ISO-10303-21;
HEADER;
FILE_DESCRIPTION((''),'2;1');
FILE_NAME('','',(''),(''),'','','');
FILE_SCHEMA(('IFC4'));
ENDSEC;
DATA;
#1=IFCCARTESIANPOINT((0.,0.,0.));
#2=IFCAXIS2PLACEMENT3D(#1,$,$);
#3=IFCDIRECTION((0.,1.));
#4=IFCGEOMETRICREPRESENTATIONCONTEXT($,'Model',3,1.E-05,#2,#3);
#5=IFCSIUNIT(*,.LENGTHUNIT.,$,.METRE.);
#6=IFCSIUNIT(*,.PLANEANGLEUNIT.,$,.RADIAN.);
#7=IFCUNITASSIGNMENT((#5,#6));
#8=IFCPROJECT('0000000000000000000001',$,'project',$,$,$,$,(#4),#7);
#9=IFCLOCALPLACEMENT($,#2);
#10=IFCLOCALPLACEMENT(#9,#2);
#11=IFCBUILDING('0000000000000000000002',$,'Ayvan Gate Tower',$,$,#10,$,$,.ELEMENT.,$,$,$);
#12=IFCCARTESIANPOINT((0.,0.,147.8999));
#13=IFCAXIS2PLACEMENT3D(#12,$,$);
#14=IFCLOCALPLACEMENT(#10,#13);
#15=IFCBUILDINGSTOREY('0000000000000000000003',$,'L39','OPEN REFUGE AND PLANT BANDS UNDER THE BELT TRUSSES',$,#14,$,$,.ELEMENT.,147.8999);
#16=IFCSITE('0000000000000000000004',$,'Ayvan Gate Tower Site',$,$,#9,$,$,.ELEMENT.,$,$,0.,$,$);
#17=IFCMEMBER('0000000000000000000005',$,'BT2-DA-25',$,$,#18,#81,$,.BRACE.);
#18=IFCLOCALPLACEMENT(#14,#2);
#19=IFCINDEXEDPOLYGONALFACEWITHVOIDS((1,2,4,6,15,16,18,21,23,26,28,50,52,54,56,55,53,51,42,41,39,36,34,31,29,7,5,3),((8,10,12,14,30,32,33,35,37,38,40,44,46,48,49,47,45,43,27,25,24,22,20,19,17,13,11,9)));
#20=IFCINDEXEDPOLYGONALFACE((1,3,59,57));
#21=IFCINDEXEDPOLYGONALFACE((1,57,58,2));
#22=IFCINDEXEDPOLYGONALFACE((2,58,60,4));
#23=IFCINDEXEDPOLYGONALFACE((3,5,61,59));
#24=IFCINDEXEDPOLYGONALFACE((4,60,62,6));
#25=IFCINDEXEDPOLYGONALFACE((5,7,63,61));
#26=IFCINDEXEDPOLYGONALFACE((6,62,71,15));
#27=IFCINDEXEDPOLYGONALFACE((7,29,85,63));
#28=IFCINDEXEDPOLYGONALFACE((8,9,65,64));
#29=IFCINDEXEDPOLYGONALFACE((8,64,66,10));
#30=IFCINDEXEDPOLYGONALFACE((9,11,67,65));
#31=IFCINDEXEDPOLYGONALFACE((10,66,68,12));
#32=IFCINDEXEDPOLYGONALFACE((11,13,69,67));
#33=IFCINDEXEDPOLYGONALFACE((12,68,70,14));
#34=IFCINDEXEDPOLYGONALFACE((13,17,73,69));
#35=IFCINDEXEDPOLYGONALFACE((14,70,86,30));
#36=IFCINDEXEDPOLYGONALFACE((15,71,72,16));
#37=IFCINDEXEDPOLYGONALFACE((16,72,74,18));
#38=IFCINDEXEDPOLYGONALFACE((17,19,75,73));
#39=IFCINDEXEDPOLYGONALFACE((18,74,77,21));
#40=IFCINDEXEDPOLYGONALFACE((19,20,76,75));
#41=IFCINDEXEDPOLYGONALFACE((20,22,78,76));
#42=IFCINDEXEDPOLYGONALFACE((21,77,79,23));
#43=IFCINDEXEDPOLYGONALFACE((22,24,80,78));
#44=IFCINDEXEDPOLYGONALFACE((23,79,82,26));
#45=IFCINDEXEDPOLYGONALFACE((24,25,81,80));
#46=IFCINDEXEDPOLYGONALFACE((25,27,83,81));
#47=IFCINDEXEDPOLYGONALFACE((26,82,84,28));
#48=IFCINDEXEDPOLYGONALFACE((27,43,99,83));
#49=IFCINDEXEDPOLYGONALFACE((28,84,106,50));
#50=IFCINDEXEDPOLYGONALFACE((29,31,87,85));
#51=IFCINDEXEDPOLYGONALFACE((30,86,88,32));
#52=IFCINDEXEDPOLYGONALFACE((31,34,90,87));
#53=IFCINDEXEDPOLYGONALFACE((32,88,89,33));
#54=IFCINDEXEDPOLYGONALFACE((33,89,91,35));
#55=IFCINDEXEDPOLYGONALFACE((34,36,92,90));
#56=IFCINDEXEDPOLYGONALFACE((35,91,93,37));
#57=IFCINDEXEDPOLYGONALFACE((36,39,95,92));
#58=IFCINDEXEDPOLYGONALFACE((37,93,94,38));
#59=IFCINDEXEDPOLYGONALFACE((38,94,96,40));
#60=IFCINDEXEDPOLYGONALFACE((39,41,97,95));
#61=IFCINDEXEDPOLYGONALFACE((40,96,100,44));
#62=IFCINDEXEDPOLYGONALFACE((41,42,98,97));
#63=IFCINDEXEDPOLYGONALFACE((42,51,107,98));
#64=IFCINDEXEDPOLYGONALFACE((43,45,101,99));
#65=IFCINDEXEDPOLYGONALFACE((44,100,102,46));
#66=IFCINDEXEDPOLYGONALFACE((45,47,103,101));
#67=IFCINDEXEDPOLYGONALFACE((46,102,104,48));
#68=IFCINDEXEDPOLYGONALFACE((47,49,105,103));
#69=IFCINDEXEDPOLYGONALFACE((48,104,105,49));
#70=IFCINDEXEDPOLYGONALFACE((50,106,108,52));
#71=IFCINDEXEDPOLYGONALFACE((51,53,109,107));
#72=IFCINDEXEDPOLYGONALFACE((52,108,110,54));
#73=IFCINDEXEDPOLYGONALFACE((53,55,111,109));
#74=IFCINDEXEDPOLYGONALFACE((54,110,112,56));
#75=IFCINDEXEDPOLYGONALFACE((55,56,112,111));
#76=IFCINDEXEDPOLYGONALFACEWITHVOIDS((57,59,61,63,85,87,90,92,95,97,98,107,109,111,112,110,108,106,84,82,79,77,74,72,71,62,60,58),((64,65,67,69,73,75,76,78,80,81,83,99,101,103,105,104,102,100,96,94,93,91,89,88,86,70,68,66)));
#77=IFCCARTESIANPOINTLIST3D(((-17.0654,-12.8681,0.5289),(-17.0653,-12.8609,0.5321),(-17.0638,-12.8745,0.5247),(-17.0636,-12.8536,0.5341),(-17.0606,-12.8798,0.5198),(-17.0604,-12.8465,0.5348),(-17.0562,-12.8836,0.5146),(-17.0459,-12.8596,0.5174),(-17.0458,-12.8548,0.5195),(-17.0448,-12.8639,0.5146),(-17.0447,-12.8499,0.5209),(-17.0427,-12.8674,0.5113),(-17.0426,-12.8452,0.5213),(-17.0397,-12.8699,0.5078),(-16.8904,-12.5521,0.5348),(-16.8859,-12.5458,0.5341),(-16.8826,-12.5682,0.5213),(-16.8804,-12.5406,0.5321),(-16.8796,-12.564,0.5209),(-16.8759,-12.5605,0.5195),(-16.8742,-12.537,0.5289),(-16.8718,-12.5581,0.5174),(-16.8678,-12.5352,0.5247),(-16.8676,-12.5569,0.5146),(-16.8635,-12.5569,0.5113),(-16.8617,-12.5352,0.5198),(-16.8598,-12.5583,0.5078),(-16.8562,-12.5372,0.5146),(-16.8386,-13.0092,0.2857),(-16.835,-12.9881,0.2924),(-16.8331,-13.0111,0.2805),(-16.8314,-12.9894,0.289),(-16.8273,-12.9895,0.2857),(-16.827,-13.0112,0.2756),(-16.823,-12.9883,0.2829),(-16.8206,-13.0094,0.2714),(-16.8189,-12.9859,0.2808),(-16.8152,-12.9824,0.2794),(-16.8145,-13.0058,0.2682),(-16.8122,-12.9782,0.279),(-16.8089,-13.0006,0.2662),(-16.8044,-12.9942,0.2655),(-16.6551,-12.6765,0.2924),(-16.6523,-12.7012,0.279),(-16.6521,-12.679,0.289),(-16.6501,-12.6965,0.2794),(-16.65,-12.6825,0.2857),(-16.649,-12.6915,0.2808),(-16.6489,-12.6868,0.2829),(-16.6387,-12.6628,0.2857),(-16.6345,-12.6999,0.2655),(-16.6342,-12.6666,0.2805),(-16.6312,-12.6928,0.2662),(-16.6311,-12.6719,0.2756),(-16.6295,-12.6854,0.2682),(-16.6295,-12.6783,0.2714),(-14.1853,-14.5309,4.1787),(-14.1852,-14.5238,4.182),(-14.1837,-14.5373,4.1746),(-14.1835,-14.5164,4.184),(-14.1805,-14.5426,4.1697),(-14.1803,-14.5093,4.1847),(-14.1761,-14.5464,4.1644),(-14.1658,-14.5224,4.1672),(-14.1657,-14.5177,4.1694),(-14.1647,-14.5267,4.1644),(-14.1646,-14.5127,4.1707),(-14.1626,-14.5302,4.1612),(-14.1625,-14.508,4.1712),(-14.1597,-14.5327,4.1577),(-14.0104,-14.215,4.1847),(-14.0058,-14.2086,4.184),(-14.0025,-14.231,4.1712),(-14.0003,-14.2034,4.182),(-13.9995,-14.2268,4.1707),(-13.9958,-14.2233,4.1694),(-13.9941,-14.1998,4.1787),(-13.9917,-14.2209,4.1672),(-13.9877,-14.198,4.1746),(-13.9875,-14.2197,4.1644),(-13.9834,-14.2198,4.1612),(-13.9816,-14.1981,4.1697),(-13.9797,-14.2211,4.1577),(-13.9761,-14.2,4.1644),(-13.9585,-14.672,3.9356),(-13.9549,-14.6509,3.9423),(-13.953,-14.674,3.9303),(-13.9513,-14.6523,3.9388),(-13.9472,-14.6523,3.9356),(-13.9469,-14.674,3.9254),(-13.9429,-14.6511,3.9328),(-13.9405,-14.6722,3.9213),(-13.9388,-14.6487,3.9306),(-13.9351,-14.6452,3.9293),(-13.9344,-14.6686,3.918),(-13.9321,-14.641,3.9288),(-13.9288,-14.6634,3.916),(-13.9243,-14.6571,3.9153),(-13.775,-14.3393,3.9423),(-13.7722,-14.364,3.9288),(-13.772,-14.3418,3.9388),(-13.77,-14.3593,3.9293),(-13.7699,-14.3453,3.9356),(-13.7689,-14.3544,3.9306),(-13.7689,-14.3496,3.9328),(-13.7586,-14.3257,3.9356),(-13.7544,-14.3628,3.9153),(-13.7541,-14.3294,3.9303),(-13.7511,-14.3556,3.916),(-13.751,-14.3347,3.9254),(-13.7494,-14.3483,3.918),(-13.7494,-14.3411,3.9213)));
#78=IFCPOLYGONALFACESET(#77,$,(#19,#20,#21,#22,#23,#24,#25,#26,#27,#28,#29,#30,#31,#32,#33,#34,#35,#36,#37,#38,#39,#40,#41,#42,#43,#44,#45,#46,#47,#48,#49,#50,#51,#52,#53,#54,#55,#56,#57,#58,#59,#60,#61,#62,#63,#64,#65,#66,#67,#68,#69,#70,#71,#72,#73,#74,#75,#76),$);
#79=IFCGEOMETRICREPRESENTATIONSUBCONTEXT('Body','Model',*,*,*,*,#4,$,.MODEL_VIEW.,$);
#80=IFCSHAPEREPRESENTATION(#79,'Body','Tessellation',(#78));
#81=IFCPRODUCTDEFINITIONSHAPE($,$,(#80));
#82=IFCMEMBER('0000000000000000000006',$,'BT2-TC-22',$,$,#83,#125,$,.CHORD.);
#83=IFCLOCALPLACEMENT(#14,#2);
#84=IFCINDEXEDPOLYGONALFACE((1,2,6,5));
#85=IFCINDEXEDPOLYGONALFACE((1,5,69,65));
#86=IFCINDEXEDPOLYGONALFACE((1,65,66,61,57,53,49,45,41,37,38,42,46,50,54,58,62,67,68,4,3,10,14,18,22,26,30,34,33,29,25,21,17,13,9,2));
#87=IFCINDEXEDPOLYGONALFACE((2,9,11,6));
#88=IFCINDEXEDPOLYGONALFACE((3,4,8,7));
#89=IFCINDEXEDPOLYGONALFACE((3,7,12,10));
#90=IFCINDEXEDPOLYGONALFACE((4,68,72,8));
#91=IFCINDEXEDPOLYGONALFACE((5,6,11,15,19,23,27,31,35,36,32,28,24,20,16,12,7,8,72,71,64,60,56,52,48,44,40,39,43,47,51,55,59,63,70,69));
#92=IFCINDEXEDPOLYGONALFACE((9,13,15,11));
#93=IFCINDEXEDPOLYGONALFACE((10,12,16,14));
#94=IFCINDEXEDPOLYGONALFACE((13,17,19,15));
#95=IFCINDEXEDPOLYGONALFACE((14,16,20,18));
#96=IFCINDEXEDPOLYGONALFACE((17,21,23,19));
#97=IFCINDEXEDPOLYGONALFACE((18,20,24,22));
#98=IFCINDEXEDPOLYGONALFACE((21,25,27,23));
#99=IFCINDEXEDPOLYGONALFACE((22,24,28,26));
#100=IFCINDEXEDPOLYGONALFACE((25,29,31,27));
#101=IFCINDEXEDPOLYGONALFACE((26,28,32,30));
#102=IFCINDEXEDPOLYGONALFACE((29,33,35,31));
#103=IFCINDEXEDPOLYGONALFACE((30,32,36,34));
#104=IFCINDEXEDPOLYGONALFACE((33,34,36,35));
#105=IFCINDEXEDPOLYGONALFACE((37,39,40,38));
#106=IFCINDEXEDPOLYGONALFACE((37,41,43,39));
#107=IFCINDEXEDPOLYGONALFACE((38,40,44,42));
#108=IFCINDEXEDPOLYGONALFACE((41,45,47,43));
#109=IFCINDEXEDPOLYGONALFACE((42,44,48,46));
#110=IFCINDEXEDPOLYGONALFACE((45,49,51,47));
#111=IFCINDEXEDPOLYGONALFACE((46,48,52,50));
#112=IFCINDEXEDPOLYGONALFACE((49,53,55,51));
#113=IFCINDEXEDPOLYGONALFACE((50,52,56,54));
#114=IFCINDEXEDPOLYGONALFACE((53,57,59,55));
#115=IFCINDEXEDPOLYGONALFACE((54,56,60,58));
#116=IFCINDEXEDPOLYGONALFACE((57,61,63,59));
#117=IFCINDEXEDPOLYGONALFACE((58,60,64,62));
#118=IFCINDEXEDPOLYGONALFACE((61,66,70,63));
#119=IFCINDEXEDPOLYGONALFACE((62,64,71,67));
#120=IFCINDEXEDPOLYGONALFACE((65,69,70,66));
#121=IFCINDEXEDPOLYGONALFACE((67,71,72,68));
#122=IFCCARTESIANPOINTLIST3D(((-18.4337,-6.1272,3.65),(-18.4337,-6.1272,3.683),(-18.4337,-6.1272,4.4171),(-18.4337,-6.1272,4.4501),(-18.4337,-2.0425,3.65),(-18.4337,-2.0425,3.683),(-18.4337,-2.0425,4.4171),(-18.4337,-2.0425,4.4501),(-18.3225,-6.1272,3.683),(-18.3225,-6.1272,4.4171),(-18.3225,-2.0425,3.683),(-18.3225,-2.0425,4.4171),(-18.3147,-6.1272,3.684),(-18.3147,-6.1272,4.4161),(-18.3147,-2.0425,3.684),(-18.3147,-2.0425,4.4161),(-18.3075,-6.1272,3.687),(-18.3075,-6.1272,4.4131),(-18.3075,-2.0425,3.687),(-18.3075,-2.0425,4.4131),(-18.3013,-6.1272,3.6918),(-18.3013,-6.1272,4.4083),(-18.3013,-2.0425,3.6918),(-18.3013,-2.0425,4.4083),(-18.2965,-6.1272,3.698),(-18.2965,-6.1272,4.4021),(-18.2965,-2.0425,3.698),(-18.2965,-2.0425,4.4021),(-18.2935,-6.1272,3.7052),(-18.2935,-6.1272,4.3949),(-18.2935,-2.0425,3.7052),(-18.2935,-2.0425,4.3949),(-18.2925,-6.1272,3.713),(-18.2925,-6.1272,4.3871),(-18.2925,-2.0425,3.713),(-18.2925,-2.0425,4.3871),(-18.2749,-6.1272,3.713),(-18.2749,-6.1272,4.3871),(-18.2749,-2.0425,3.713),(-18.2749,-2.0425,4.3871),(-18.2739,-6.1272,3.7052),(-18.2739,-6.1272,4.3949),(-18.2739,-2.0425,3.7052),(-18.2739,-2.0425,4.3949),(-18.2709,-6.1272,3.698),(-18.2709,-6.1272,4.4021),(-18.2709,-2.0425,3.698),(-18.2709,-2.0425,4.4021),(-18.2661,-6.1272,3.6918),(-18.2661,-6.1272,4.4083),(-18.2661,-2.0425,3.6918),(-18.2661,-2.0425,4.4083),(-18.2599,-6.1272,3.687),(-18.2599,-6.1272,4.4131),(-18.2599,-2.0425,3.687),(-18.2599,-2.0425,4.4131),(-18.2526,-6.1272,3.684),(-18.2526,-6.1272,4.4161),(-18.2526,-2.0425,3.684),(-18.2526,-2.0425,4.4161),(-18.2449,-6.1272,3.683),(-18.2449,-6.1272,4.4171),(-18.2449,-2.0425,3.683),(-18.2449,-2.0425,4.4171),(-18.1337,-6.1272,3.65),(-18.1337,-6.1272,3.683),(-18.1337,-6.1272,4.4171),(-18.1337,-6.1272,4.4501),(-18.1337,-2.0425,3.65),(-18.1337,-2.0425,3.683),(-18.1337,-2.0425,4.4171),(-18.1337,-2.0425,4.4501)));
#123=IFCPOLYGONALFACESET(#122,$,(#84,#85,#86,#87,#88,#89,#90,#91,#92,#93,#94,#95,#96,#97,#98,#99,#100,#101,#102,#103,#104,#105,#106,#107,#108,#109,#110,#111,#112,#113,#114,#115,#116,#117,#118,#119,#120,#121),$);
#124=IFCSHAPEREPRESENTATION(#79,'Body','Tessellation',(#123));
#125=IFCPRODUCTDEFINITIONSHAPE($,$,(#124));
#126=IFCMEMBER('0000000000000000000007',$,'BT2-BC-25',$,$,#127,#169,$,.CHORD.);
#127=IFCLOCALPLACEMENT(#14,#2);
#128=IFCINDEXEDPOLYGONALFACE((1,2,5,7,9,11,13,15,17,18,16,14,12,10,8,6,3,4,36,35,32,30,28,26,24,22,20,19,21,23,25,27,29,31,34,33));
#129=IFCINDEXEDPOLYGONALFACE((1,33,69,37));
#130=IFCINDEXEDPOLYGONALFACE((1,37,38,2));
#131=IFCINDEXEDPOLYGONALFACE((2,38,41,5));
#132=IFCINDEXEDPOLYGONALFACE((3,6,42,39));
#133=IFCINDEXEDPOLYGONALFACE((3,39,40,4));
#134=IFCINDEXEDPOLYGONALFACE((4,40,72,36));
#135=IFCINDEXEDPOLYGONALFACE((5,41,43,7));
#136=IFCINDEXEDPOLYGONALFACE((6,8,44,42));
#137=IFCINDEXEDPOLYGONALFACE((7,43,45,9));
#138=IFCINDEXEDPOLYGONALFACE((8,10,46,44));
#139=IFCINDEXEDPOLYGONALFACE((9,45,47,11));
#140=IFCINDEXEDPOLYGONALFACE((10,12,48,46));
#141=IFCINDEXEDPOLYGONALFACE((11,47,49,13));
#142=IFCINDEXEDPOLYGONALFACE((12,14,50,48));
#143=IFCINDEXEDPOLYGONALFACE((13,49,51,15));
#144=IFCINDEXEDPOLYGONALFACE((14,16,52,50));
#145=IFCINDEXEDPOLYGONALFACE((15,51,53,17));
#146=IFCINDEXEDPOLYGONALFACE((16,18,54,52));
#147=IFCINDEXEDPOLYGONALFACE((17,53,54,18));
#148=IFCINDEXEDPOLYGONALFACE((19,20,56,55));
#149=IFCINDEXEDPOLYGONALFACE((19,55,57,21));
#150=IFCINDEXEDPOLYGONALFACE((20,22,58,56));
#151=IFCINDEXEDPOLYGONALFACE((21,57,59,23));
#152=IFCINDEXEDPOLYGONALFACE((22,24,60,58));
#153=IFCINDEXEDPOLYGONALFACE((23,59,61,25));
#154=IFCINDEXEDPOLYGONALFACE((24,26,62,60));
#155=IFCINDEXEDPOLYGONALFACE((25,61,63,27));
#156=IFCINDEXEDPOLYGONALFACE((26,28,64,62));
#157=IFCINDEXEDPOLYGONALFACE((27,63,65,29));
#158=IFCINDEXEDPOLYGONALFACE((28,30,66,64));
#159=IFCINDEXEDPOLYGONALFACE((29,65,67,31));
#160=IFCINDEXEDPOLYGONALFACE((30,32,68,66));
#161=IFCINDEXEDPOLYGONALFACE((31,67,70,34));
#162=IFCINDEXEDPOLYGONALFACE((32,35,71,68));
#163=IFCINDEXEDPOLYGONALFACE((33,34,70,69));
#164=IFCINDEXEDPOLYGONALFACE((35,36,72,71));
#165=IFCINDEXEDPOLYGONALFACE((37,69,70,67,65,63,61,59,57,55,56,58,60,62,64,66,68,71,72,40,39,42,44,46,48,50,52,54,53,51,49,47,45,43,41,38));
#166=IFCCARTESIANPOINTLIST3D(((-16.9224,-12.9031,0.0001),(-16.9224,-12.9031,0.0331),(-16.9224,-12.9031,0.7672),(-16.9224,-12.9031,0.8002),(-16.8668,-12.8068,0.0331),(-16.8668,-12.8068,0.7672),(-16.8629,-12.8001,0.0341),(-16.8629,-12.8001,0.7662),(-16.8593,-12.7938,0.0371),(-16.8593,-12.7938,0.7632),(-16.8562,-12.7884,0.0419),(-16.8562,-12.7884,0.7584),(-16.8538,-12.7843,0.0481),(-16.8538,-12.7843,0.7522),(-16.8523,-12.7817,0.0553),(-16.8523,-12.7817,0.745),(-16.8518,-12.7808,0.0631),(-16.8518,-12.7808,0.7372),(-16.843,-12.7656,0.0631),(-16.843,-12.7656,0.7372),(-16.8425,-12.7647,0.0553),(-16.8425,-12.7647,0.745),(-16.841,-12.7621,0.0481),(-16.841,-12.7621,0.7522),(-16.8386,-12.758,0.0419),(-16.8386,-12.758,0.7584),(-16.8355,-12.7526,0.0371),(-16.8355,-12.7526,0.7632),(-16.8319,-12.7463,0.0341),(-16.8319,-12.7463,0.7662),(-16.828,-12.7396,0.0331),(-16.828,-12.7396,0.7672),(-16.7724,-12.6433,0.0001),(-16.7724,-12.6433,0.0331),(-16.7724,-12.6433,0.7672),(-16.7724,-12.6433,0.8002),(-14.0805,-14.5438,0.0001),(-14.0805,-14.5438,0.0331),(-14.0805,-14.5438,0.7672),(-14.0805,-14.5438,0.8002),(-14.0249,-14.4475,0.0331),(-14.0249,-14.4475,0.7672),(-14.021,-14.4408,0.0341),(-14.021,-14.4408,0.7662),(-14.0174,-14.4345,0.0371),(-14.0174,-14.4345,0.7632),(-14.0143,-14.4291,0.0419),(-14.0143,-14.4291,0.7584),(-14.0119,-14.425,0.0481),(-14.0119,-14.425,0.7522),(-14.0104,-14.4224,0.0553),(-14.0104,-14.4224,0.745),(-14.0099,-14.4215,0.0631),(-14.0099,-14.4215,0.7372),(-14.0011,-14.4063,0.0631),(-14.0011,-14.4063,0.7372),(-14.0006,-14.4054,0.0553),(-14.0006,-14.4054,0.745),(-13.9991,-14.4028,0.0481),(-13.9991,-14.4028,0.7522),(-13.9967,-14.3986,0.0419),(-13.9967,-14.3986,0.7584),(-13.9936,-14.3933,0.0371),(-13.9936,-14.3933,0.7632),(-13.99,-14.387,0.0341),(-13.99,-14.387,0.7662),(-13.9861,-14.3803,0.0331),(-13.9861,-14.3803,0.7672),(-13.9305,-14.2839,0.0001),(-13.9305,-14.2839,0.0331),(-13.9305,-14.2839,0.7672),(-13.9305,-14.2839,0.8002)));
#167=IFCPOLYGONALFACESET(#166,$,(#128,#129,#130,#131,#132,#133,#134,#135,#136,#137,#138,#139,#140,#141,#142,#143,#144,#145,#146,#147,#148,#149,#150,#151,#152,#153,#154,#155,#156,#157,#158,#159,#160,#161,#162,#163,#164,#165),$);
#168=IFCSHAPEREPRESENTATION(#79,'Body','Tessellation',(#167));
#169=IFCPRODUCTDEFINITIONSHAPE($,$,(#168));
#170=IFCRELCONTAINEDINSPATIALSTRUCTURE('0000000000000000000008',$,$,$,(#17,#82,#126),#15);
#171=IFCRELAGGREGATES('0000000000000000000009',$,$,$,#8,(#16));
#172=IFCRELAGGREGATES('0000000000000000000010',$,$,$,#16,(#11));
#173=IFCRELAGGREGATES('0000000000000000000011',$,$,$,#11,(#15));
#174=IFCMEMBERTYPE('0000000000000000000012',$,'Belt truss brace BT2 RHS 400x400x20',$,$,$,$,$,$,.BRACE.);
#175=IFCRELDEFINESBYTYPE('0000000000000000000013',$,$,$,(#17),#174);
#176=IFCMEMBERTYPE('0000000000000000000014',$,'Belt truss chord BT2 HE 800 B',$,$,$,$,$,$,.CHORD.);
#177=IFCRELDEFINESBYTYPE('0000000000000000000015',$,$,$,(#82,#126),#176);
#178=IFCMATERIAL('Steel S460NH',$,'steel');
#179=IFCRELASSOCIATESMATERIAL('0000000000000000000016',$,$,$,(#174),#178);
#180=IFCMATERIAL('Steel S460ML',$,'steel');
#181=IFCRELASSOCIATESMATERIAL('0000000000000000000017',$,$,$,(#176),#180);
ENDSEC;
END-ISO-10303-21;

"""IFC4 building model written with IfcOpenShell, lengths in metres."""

from ifc_helpers import new_model, si_unit, direction, frame, origin, origin_2d, place, context, subcontext, project, spatial, hollow_rectangle, i_section, extrude, material, material_profile, profile_set, type_object, element, save


model = new_model("IFC4")

# Units and contexts
model_context = context("Model", 3, precision=1e-05, world=origin(), true_north=direction((0.0, 1.0)))
body_context = subcontext(model_context, "Body", "Model", "MODEL_VIEW")
ifc_project = project(units=[si_unit("LENGTHUNIT", "METRE"), si_unit("PLANEANGLEUNIT", "RADIAN")], contexts=[model_context])

# Site, building, storey
site_placement = place(None, origin())
site = spatial("IfcSite", under=ifc_project, at=site_placement, Name="Ayvan Gate Tower Site", CompositionType="ELEMENT", RefElevation=0.0)
building_placement = place(site_placement, origin())
building = spatial("IfcBuilding", under=site, at=building_placement, Name="Ayvan Gate Tower", CompositionType="ELEMENT")
storey_placement = place(building_placement, frame((0.0, 0.0, 147.8999)))
storey = spatial("IfcBuildingStorey", under=building, at=storey_placement, Name="L39", Description="OPEN REFUGE AND PLANT BANDS UNDER THE BELT TRUSSES", CompositionType="ELEMENT", Elevation=147.8999)

# Members
ifc_material_1 = material(Name="Steel S460NH", Category="steel")
ifc_material_profile_1 = material_profile(ifc_material_1, hollow_rectangle(XDim=0.3999, YDim=0.3999, WallThickness=0.02, InnerFilletRadius=0.02, OuterFilletRadius=0.03, at=origin_2d()), Name="RHS 400x400x20")
ifc_profile_set_1 = profile_set([ifc_material_profile_1], Name="Steel S460NH")
member_type_1 = type_object("IfcMemberType", Name="Belt truss brace BT2 RHS 400x400x20", PredefinedType="BRACE", material=ifc_profile_set_1)
member_1_placement = place(storey_placement, frame((-16.8474, -12.7732, 0.4001), z_axis=(0.58328, -0.336757, 0.739174), x_axis=(0.5, 0.866025, 0.0)))
element("IfcMember", 1, at=member_1_placement, inside=storey, type_object=member_type_1, Name="BT2-DA-25", PredefinedType="BRACE", context=body_context, shape_type="SweptSolid", body=[
    extrude(hollow_rectangle(XDim=0.3999, YDim=0.3999, WallThickness=0.02, InnerFilletRadius=0.02, OuterFilletRadius=0.03, at=origin_2d()), origin(), (0.0, 0.0, 1.0), 4.9377),
])
ifc_material_2 = material(Name="Steel S460ML", Category="steel")
ifc_material_profile_2 = material_profile(ifc_material_2, i_section(OverallWidth=0.3, OverallDepth=0.8, WebThickness=0.0176, FlangeThickness=0.033, FilletRadius=0.03, at=origin_2d()), Name="HE 800 B")
ifc_profile_set_2 = profile_set([ifc_material_profile_2], Name="Steel S460ML")
member_type_2 = type_object("IfcMemberType", Name="Belt truss chord BT2 HE 800 B", PredefinedType="CHORD", material=ifc_profile_set_2)
member_2_placement = place(storey_placement, frame((-18.2837, -2.0425, 4.05), z_axis=(0.0, -1.0, 0.0), x_axis=(1.0, 0.0, 0.0)))
element("IfcMember", 2, at=member_2_placement, inside=storey, type_object=member_type_2, Name="BT2-TC-22", PredefinedType="CHORD", context=body_context, shape_type="SweptSolid", body=[
    extrude(i_section(OverallWidth=0.3, OverallDepth=0.8, WebThickness=0.0176, FlangeThickness=0.033, FilletRadius=0.03, at=origin_2d()), origin(), (0.0, 0.0, 1.0), 4.0847),
])
member_3_placement = place(storey_placement, frame((-16.8474, -12.7732, 0.4001), z_axis=(0.866037, -0.49998, 0.0), x_axis=(0.49998, 0.866037, 0.0)))
element("IfcMember", 3, at=member_3_placement, inside=storey, type_object=member_type_2, Name="BT2-BC-25", PredefinedType="CHORD", context=body_context, shape_type="SweptSolid", body=[
    extrude(i_section(OverallWidth=0.3, OverallDepth=0.8, WebThickness=0.0176, FlangeThickness=0.033, FilletRadius=0.03, at=origin_2d()), origin(), (0.0, 0.0, 1.0), 3.2815),
])

save(model, "model.ifc")
